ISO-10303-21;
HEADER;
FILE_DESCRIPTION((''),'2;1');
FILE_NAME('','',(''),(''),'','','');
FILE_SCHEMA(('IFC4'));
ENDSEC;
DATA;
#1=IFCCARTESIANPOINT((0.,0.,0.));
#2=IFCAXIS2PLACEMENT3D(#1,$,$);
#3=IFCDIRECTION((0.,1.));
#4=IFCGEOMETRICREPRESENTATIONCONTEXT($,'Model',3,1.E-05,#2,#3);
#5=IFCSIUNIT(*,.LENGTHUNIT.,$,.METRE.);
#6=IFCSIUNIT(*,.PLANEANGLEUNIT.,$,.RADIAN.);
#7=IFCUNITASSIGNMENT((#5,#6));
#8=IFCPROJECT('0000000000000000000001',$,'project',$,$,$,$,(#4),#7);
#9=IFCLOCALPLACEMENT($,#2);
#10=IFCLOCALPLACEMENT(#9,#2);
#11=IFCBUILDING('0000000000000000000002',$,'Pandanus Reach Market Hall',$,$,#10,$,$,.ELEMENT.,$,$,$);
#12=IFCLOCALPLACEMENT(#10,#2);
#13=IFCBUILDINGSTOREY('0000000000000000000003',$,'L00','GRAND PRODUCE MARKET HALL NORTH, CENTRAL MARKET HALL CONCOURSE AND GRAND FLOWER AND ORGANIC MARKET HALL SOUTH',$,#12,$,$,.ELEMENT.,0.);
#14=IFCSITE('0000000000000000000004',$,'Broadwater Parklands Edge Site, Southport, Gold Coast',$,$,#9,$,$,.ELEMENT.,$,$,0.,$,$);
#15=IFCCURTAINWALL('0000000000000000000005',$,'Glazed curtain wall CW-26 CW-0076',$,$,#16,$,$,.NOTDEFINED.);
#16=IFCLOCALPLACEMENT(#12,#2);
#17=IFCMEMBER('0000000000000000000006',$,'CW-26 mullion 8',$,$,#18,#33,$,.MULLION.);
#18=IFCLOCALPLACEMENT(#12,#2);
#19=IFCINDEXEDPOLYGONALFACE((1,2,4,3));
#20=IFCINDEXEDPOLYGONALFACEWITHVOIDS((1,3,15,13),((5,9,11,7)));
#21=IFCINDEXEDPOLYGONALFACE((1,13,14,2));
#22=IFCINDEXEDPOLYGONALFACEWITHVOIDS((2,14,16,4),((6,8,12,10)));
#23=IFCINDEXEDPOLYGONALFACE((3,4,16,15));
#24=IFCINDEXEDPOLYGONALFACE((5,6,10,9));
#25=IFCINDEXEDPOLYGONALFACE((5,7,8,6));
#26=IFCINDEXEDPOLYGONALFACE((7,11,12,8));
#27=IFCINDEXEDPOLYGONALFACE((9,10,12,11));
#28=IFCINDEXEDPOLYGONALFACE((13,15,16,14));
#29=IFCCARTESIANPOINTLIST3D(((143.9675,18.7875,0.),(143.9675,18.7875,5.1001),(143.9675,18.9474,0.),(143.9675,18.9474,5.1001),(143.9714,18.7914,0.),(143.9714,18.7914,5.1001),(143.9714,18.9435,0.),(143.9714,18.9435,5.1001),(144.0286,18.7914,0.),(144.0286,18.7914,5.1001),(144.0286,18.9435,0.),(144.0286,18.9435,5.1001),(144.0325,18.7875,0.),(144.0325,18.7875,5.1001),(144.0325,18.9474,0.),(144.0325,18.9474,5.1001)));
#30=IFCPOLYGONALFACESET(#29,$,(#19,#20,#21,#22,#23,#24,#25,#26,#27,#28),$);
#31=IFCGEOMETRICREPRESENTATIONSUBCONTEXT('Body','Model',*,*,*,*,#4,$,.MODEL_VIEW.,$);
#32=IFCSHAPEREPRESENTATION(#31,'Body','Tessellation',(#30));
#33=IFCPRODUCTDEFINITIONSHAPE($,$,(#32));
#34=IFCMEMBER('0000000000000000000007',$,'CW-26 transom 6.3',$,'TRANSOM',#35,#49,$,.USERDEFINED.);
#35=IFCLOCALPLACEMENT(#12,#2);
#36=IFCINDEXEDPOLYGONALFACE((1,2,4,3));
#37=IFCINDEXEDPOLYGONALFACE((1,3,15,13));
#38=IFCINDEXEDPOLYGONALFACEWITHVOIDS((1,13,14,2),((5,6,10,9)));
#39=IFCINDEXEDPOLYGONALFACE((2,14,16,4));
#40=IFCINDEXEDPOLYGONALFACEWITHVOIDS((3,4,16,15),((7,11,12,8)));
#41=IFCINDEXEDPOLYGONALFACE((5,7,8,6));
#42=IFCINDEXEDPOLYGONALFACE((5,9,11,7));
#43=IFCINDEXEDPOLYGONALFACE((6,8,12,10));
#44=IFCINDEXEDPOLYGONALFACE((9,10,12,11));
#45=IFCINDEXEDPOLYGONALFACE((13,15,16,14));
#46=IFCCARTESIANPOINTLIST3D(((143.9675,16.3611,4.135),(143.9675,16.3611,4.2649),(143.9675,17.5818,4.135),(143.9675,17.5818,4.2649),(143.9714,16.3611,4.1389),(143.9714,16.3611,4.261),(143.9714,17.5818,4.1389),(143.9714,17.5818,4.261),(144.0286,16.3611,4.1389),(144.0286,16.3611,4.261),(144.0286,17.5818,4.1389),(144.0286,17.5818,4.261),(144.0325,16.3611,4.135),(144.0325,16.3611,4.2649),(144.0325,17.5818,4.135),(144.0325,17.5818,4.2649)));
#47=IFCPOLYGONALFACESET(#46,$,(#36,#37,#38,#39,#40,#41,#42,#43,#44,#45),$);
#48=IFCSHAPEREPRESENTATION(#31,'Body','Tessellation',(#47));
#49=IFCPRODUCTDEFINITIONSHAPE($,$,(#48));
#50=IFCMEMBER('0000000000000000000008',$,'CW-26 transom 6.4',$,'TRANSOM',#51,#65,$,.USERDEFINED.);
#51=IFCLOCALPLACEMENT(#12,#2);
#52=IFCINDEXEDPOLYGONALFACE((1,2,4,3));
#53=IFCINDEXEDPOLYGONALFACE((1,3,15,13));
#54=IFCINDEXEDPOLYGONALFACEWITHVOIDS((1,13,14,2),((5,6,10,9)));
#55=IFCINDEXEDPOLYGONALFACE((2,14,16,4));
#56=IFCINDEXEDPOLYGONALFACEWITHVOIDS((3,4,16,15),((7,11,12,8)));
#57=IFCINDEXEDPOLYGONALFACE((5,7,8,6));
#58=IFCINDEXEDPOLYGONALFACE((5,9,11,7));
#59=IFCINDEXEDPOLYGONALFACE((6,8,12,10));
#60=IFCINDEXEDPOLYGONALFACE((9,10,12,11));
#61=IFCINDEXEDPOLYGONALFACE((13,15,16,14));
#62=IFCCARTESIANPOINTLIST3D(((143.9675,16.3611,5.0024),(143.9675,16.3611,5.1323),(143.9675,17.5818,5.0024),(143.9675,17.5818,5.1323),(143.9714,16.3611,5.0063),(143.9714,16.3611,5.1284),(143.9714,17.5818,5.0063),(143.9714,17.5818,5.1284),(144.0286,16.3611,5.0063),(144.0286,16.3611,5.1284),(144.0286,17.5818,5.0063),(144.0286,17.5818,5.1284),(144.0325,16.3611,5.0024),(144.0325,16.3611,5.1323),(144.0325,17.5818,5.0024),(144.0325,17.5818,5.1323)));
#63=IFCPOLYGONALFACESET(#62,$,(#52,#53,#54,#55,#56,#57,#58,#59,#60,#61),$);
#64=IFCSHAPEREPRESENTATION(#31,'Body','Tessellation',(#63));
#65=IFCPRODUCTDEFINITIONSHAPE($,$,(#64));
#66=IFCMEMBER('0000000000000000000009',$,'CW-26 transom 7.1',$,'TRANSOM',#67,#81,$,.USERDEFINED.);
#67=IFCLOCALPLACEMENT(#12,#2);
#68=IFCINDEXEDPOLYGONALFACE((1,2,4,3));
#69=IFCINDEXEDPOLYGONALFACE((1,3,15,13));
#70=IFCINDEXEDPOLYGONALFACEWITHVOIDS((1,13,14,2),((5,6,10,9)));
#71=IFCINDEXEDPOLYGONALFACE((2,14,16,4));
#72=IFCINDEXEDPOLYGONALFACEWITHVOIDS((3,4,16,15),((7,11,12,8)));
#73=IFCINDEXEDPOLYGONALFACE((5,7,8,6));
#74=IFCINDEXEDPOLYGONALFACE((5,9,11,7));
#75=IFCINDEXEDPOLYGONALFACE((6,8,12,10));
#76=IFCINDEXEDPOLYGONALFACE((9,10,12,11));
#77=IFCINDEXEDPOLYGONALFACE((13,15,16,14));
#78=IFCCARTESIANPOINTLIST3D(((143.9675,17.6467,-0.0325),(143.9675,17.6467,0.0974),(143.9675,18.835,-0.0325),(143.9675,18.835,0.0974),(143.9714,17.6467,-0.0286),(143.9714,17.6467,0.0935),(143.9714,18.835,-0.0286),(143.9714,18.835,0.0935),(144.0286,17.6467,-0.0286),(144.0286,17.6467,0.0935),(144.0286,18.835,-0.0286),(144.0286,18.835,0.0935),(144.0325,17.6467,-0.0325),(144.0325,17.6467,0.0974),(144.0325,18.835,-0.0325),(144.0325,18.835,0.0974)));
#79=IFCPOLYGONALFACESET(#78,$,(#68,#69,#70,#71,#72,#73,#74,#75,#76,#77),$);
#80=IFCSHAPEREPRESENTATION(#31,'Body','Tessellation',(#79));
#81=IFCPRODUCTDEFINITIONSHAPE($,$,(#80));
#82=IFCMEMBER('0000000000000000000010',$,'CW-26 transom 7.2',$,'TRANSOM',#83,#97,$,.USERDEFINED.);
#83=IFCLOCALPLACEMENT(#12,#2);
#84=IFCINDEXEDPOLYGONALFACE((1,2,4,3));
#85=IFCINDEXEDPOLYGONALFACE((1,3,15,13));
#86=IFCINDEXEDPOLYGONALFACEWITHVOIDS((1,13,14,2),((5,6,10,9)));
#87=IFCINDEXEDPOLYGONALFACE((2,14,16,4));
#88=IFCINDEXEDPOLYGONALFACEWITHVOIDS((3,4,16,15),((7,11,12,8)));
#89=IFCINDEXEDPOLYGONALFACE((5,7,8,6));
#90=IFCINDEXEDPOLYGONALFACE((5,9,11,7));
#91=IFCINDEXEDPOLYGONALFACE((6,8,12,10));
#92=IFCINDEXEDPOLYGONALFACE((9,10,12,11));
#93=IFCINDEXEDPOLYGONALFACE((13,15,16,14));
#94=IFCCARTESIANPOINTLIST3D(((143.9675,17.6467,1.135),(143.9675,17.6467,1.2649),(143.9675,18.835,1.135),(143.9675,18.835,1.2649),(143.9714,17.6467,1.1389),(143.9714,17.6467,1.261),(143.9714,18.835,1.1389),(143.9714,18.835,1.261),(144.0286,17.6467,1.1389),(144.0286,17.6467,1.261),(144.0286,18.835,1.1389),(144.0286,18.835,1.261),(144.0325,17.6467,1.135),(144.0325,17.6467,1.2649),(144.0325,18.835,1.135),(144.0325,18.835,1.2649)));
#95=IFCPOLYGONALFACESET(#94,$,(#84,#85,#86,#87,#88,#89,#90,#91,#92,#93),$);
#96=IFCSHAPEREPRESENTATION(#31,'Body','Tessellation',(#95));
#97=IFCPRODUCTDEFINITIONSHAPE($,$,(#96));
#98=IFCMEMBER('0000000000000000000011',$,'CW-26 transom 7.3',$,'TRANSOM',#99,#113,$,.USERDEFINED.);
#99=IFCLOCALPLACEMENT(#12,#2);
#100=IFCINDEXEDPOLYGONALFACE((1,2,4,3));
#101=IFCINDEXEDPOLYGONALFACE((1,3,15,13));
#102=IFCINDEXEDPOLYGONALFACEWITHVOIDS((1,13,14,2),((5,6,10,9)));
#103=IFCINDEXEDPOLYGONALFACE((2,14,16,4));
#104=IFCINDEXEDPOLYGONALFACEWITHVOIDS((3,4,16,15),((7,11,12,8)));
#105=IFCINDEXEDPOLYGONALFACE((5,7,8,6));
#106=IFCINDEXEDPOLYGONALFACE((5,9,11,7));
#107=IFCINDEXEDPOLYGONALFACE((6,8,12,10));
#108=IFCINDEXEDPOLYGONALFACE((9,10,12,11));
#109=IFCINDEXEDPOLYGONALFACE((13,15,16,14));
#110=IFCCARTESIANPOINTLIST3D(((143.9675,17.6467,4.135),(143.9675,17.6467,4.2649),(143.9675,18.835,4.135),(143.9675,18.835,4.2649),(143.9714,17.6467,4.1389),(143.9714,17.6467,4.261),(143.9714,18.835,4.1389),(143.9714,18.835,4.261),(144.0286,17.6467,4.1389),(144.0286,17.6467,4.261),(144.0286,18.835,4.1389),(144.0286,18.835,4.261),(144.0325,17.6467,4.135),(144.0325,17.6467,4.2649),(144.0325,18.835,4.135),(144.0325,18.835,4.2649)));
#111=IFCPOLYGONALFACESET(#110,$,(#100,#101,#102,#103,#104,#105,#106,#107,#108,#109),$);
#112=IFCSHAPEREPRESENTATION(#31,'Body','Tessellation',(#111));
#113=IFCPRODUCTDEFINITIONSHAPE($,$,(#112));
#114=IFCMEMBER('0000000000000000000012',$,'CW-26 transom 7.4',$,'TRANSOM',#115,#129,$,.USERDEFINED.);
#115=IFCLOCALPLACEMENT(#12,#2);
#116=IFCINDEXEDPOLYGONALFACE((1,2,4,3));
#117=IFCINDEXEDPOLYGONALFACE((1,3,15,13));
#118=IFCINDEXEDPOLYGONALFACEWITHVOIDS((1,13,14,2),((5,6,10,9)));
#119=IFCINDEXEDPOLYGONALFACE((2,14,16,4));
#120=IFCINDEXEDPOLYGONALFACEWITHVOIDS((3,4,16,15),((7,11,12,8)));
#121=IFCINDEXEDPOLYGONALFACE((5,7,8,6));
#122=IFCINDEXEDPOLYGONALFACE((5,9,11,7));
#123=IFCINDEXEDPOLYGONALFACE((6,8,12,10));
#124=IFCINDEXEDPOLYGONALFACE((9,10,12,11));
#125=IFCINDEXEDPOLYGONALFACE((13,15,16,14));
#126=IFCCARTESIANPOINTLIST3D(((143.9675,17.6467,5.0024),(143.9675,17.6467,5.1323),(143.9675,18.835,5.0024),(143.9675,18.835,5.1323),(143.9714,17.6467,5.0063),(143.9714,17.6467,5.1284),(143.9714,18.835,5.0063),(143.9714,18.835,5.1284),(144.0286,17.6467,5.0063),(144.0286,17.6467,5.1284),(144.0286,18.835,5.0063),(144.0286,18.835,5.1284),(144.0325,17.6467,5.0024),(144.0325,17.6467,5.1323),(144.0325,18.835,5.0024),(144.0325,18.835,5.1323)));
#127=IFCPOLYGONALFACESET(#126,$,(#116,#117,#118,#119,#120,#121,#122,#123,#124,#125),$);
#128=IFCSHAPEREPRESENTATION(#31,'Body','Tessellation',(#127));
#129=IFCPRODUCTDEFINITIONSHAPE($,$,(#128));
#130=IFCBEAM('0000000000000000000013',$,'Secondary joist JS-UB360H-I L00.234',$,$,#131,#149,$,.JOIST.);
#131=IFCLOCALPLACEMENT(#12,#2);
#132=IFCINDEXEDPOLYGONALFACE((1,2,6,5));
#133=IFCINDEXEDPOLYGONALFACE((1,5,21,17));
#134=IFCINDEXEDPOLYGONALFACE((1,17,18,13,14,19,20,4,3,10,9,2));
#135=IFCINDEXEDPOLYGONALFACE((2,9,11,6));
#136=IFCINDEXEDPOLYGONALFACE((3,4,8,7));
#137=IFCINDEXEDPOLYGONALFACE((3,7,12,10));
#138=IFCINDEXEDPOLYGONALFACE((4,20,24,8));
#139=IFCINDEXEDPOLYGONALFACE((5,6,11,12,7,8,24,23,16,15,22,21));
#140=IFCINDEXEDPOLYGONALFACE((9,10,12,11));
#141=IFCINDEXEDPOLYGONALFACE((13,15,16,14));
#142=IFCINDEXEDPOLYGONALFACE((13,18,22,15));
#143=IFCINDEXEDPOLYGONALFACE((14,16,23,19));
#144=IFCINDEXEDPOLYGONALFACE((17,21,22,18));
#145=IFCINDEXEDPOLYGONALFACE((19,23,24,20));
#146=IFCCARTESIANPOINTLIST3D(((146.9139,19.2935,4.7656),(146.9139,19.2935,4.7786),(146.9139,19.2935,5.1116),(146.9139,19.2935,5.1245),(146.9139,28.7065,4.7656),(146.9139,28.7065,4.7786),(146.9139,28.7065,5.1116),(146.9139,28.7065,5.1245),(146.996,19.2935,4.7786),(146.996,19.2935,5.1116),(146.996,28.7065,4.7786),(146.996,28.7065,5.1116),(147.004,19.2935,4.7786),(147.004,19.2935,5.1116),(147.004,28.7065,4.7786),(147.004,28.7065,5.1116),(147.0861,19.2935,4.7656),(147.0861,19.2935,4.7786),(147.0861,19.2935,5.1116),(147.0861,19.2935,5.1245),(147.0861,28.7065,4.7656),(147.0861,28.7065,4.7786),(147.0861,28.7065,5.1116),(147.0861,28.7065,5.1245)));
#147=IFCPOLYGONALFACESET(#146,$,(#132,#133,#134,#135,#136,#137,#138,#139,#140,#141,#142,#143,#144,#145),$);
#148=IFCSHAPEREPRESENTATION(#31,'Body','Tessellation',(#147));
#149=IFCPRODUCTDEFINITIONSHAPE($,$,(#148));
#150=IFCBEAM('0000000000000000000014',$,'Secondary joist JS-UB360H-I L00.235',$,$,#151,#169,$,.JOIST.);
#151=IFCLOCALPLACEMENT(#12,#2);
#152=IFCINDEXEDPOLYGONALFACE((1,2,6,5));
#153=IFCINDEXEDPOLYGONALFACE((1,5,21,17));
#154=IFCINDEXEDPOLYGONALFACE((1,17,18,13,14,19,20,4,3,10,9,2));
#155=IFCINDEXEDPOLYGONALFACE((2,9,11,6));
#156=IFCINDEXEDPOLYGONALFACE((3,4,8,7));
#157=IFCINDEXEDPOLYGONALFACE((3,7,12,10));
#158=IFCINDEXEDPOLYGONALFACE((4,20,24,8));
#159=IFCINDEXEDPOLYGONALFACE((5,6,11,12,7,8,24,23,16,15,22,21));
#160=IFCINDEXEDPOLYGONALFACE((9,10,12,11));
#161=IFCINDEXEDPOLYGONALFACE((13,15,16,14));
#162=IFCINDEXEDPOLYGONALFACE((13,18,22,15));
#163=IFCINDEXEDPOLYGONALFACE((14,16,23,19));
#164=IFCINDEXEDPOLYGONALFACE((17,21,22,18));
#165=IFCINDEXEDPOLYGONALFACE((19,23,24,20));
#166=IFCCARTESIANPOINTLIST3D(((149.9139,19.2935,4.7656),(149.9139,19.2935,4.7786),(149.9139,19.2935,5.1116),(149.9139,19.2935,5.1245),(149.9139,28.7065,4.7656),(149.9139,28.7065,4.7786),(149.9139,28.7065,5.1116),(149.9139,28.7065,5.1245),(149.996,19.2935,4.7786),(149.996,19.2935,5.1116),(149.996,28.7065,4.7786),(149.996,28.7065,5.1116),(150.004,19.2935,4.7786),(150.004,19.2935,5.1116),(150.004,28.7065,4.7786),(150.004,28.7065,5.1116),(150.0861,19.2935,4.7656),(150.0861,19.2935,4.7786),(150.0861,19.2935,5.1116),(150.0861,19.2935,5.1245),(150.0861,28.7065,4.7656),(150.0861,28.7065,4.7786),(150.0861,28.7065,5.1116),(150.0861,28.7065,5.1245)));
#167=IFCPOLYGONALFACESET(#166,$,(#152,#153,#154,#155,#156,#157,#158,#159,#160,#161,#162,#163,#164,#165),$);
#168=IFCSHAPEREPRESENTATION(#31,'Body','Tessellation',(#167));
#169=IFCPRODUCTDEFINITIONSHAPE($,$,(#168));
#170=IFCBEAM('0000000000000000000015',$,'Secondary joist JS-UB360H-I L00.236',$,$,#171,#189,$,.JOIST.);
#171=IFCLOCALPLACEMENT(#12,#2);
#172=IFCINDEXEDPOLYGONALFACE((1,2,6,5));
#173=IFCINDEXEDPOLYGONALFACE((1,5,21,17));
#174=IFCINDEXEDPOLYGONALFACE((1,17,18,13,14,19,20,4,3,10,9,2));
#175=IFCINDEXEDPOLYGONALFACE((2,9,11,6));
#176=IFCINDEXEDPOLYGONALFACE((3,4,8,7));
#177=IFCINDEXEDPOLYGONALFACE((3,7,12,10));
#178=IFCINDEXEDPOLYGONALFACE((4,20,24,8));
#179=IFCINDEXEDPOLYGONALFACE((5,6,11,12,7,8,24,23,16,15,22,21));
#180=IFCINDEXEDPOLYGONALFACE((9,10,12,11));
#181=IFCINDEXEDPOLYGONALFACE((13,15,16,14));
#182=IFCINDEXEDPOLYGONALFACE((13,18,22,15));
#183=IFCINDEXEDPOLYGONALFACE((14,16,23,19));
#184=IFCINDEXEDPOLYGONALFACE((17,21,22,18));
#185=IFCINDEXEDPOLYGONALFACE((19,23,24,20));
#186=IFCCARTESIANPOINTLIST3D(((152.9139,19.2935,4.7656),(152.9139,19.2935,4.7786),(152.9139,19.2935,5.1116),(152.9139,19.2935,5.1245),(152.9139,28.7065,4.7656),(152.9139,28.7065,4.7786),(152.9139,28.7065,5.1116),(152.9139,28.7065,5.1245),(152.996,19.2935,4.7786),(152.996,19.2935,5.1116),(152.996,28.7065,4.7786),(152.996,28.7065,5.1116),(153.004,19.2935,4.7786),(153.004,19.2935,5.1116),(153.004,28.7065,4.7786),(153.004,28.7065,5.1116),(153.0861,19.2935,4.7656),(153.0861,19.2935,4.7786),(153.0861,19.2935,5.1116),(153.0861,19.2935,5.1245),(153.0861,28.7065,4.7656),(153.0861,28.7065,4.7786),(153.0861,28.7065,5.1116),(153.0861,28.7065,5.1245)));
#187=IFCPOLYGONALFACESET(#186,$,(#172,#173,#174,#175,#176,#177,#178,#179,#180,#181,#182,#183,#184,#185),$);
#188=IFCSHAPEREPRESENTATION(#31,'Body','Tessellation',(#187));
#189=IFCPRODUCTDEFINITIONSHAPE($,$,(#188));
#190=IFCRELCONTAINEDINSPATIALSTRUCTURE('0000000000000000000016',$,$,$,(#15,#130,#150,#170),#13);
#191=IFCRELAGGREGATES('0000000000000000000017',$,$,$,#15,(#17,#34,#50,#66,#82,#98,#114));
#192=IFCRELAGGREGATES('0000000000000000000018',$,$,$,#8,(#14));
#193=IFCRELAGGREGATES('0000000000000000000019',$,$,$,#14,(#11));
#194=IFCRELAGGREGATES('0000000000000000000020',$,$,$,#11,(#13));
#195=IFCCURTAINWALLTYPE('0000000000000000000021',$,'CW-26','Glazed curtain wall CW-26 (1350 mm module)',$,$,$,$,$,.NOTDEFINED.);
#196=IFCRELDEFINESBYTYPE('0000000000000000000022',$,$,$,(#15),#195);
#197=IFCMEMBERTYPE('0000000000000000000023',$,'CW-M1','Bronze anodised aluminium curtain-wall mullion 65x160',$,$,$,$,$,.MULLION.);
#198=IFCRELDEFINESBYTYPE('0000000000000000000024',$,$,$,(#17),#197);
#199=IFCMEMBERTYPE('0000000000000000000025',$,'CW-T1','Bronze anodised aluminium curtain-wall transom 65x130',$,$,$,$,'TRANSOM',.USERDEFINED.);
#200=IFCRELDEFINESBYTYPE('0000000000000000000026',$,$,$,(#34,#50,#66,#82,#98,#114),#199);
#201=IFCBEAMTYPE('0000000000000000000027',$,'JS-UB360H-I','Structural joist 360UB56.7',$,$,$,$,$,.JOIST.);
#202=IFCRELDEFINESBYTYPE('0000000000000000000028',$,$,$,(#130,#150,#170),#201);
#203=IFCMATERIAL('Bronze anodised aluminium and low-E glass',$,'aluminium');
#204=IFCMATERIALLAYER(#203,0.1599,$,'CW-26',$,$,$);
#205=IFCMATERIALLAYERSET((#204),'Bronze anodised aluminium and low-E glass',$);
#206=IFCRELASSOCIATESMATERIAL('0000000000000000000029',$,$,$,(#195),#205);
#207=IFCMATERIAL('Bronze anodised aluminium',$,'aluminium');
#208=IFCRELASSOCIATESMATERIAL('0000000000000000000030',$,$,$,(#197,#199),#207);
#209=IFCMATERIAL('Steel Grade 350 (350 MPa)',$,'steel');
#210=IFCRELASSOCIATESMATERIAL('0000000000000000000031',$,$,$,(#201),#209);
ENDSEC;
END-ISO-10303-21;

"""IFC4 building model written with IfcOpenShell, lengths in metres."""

from ifc_helpers import new_model, si_unit, direction, frame, origin, origin_2d, place, context, subcontext, project, spatial, hollow_rectangle, i_section, extrude, material, layer, layer_set, material_profile, profile_set, type_object, element, aggregate, save


model = new_model("IFC4")

# Units and contexts
model_context = context("Model", 3, precision=1e-05, world=origin(), true_north=direction((0.0, 1.0)))
body_context = subcontext(model_context, "Body", "Model", "MODEL_VIEW")
ifc_project = project(units=[si_unit("LENGTHUNIT", "METRE"), si_unit("PLANEANGLEUNIT", "RADIAN")], contexts=[model_context])

# Site, building, storey
site_placement = place(None, origin())
site = spatial("IfcSite", under=ifc_project, at=site_placement, Name="Broadwater Parklands Edge Site, Southport, Gold Coast", CompositionType="ELEMENT", RefElevation=0.0)
building_placement = place(site_placement, origin())
building = spatial("IfcBuilding", under=site, at=building_placement, Name="Pandanus Reach Market Hall", CompositionType="ELEMENT")
storey_placement = place(building_placement, origin())
storey = spatial("IfcBuildingStorey", under=building, at=storey_placement, Name="L00", Description="GRAND PRODUCE MARKET HALL NORTH, CENTRAL MARKET HALL CONCOURSE AND GRAND FLOWER AND ORGANIC MARKET HALL SOUTH", CompositionType="ELEMENT", Elevation=0.0)

# Shared definitions
ifc_material_1 = material(Name="Steel Grade 350 (350 MPa)", Category="steel")

# Curtain wall, members
ifc_material_2 = material(Name="Bronze anodised aluminium and low-E glass", Category="aluminium")
ifc_layer_1 = layer(ifc_material_2, 0.1599, Name="CW-26")
ifc_layer_set_1 = layer_set([ifc_layer_1], Name="Bronze anodised aluminium and low-E glass")
curtain_wall_type = type_object("IfcCurtainWallType", Name="CW-26", Description="Glazed curtain wall CW-26 (1350 mm module)", PredefinedType="NOTDEFINED", material=ifc_layer_set_1)
curtain_wall_placement = place(storey_placement, origin())
curtain_wall = element("IfcCurtainWall", 1, at=curtain_wall_placement, inside=storey, type_object=curtain_wall_type, Name="Glazed curtain wall CW-26 CW-0076", PredefinedType="NOTDEFINED")
ifc_material_3 = material(Name="Bronze anodised aluminium", Category="aluminium")
ifc_material_profile_1 = material_profile(ifc_material_3, hollow_rectangle(XDim=0.0649, YDim=0.1599, WallThickness=0.0039, at=origin_2d()), Name="ALU65x160", Category="LoadBearing")
ifc_profile_set_1 = profile_set([ifc_material_profile_1], Name="Bronze anodised aluminium")
member_type_1 = type_object("IfcMemberType", Name="CW-M1", Description="Bronze anodised aluminium curtain-wall mullion 65x160", PredefinedType="MULLION", material=ifc_profile_set_1)
member_1_placement = place(storey_placement, frame((144.0, 18.8674, 0.0), z_axis=(0.0, 0.0, 1.0), x_axis=(-1.0, 0.0, 0.0)))
member_1 = element("IfcMember", 2, at=member_1_placement, type_object=member_type_1, Name="CW-26 mullion 8", PredefinedType="MULLION", context=body_context, shape_type="SweptSolid", body=[
    extrude(hollow_rectangle(XDim=0.0649, YDim=0.1599, WallThickness=0.0039, at=origin_2d()), origin(), (0.0, 0.0, 1.0), 5.1001),
])
ifc_material_profile_2 = material_profile(ifc_material_3, hollow_rectangle(XDim=0.0649, YDim=0.1299, WallThickness=0.0039, at=origin_2d()), Name="ALU65x130", Category="LoadBearing")
ifc_profile_set_2 = profile_set([ifc_material_profile_2], Name="Bronze anodised aluminium")
member_type_2 = type_object("IfcMemberType", Name="CW-T1", Description="Bronze anodised aluminium curtain-wall transom 65x130", ElementType="TRANSOM", PredefinedType="USERDEFINED", material=ifc_profile_set_2)
member_2_placement = place(storey_placement, frame((144.0, 16.3611, 4.2), z_axis=(0.0, 1.0, 0.0), x_axis=(-1.0, 0.0, 0.0)))
member_2 = element("IfcMember", 3, at=member_2_placement, type_object=member_type_2, Name="CW-26 transom 6.3", ObjectType="TRANSOM", PredefinedType="USERDEFINED", context=body_context, shape_type="SweptSolid", body=[
    extrude(hollow_rectangle(XDim=0.0649, YDim=0.1299, WallThickness=0.0039, at=origin_2d()), origin(), (0.0, 0.0, 1.0), 1.2207),
])
member_3_placement = place(storey_placement, frame((144.0, 16.3611, 5.0674), z_axis=(0.0, 1.0, 0.0), x_axis=(-1.0, 0.0, 0.0)))
member_3 = element("IfcMember", 4, at=member_3_placement, type_object=member_type_2, Name="CW-26 transom 6.4", ObjectType="TRANSOM", PredefinedType="USERDEFINED", context=body_context, shape_type="SweptSolid", body=[
    extrude(hollow_rectangle(XDim=0.0649, YDim=0.1299, WallThickness=0.0039, at=origin_2d()), origin(), (0.0, 0.0, 1.0), 1.2207),
])
member_4_placement = place(storey_placement, frame((144.0, 17.6467, 0.0325), z_axis=(0.0, 1.0, 0.0), x_axis=(-1.0, 0.0, 0.0)))
member_4 = element("IfcMember", 5, at=member_4_placement, type_object=member_type_2, Name="CW-26 transom 7.1", ObjectType="TRANSOM", PredefinedType="USERDEFINED", context=body_context, shape_type="SweptSolid", body=[
    extrude(hollow_rectangle(XDim=0.0649, YDim=0.1299, WallThickness=0.0039, at=origin_2d()), origin(), (0.0, 0.0, 1.0), 1.1882),
])
member_5_placement = place(storey_placement, frame((144.0, 17.6467, 1.2), z_axis=(0.0, 1.0, 0.0), x_axis=(-1.0, 0.0, 0.0)))
member_5 = element("IfcMember", 6, at=member_5_placement, type_object=member_type_2, Name="CW-26 transom 7.2", ObjectType="TRANSOM", PredefinedType="USERDEFINED", context=body_context, shape_type="SweptSolid", body=[
    extrude(hollow_rectangle(XDim=0.0649, YDim=0.1299, WallThickness=0.0039, at=origin_2d()), origin(), (0.0, 0.0, 1.0), 1.1882),
])
member_6_placement = place(storey_placement, frame((144.0, 17.6467, 4.2), z_axis=(0.0, 1.0, 0.0), x_axis=(-1.0, 0.0, 0.0)))
member_6 = element("IfcMember", 7, at=member_6_placement, type_object=member_type_2, Name="CW-26 transom 7.3", ObjectType="TRANSOM", PredefinedType="USERDEFINED", context=body_context, shape_type="SweptSolid", body=[
    extrude(hollow_rectangle(XDim=0.0649, YDim=0.1299, WallThickness=0.0039, at=origin_2d()), origin(), (0.0, 0.0, 1.0), 1.1882),
])
member_7_placement = place(storey_placement, frame((144.0, 17.6467, 5.0674), z_axis=(0.0, 1.0, 0.0), x_axis=(-1.0, 0.0, 0.0)))
member_7 = element("IfcMember", 8, at=member_7_placement, type_object=member_type_2, Name="CW-26 transom 7.4", ObjectType="TRANSOM", PredefinedType="USERDEFINED", context=body_context, shape_type="SweptSolid", body=[
    extrude(hollow_rectangle(XDim=0.0649, YDim=0.1299, WallThickness=0.0039, at=origin_2d()), origin(), (0.0, 0.0, 1.0), 1.1882),
])

# Beams
ifc_material_profile_3 = material_profile(ifc_material_1, i_section(OverallWidth=0.1721, OverallDepth=0.3589, WebThickness=0.0081, FlangeThickness=0.0129, at=origin_2d()), Name="360UB56.7", Category="LoadBearing")
ifc_profile_set_3 = profile_set([ifc_material_profile_3], Name="Steel Grade 350 (350 MPa)")
beam_type_1 = type_object("IfcBeamType", Name="JS-UB360H-I", Description="Structural joist 360UB56.7", PredefinedType="JOIST", material=ifc_profile_set_3)
for number, where, z_axis, x_axis, name in (
    (9, (147.0, 19.2935, 4.9451), (0.0, 1.0, 0.0), (-1.0, 0.0, 0.0), "Secondary joist JS-UB360H-I L00.234"),
    (10, (150.0, 19.2935, 4.9451), (0.0, 1.0, 0.0), (-1.0, 0.0, 0.0), "Secondary joist JS-UB360H-I L00.235"),
    (11, (153.0, 19.2935, 4.9451), (0.0, 1.0, 0.0), (-1.0, 0.0, 0.0), "Secondary joist JS-UB360H-I L00.236"),
):
    element("IfcBeam", number, at=place(storey_placement, frame(where, z_axis=z_axis, x_axis=x_axis)), inside=storey, type_object=beam_type_1, Name=name, PredefinedType="JOIST", context=body_context, shape_type="SweptSolid", body=[
        extrude(i_section(OverallWidth=0.1721, OverallDepth=0.3589, WebThickness=0.0081, FlangeThickness=0.0129, at=origin_2d()), origin(), (0.0, 0.0, 1.0), 9.4131),
    ])

aggregate(curtain_wall, [member_1, member_2, member_3, member_4, member_5, member_6, member_7])

save(model, "model.ifc")
